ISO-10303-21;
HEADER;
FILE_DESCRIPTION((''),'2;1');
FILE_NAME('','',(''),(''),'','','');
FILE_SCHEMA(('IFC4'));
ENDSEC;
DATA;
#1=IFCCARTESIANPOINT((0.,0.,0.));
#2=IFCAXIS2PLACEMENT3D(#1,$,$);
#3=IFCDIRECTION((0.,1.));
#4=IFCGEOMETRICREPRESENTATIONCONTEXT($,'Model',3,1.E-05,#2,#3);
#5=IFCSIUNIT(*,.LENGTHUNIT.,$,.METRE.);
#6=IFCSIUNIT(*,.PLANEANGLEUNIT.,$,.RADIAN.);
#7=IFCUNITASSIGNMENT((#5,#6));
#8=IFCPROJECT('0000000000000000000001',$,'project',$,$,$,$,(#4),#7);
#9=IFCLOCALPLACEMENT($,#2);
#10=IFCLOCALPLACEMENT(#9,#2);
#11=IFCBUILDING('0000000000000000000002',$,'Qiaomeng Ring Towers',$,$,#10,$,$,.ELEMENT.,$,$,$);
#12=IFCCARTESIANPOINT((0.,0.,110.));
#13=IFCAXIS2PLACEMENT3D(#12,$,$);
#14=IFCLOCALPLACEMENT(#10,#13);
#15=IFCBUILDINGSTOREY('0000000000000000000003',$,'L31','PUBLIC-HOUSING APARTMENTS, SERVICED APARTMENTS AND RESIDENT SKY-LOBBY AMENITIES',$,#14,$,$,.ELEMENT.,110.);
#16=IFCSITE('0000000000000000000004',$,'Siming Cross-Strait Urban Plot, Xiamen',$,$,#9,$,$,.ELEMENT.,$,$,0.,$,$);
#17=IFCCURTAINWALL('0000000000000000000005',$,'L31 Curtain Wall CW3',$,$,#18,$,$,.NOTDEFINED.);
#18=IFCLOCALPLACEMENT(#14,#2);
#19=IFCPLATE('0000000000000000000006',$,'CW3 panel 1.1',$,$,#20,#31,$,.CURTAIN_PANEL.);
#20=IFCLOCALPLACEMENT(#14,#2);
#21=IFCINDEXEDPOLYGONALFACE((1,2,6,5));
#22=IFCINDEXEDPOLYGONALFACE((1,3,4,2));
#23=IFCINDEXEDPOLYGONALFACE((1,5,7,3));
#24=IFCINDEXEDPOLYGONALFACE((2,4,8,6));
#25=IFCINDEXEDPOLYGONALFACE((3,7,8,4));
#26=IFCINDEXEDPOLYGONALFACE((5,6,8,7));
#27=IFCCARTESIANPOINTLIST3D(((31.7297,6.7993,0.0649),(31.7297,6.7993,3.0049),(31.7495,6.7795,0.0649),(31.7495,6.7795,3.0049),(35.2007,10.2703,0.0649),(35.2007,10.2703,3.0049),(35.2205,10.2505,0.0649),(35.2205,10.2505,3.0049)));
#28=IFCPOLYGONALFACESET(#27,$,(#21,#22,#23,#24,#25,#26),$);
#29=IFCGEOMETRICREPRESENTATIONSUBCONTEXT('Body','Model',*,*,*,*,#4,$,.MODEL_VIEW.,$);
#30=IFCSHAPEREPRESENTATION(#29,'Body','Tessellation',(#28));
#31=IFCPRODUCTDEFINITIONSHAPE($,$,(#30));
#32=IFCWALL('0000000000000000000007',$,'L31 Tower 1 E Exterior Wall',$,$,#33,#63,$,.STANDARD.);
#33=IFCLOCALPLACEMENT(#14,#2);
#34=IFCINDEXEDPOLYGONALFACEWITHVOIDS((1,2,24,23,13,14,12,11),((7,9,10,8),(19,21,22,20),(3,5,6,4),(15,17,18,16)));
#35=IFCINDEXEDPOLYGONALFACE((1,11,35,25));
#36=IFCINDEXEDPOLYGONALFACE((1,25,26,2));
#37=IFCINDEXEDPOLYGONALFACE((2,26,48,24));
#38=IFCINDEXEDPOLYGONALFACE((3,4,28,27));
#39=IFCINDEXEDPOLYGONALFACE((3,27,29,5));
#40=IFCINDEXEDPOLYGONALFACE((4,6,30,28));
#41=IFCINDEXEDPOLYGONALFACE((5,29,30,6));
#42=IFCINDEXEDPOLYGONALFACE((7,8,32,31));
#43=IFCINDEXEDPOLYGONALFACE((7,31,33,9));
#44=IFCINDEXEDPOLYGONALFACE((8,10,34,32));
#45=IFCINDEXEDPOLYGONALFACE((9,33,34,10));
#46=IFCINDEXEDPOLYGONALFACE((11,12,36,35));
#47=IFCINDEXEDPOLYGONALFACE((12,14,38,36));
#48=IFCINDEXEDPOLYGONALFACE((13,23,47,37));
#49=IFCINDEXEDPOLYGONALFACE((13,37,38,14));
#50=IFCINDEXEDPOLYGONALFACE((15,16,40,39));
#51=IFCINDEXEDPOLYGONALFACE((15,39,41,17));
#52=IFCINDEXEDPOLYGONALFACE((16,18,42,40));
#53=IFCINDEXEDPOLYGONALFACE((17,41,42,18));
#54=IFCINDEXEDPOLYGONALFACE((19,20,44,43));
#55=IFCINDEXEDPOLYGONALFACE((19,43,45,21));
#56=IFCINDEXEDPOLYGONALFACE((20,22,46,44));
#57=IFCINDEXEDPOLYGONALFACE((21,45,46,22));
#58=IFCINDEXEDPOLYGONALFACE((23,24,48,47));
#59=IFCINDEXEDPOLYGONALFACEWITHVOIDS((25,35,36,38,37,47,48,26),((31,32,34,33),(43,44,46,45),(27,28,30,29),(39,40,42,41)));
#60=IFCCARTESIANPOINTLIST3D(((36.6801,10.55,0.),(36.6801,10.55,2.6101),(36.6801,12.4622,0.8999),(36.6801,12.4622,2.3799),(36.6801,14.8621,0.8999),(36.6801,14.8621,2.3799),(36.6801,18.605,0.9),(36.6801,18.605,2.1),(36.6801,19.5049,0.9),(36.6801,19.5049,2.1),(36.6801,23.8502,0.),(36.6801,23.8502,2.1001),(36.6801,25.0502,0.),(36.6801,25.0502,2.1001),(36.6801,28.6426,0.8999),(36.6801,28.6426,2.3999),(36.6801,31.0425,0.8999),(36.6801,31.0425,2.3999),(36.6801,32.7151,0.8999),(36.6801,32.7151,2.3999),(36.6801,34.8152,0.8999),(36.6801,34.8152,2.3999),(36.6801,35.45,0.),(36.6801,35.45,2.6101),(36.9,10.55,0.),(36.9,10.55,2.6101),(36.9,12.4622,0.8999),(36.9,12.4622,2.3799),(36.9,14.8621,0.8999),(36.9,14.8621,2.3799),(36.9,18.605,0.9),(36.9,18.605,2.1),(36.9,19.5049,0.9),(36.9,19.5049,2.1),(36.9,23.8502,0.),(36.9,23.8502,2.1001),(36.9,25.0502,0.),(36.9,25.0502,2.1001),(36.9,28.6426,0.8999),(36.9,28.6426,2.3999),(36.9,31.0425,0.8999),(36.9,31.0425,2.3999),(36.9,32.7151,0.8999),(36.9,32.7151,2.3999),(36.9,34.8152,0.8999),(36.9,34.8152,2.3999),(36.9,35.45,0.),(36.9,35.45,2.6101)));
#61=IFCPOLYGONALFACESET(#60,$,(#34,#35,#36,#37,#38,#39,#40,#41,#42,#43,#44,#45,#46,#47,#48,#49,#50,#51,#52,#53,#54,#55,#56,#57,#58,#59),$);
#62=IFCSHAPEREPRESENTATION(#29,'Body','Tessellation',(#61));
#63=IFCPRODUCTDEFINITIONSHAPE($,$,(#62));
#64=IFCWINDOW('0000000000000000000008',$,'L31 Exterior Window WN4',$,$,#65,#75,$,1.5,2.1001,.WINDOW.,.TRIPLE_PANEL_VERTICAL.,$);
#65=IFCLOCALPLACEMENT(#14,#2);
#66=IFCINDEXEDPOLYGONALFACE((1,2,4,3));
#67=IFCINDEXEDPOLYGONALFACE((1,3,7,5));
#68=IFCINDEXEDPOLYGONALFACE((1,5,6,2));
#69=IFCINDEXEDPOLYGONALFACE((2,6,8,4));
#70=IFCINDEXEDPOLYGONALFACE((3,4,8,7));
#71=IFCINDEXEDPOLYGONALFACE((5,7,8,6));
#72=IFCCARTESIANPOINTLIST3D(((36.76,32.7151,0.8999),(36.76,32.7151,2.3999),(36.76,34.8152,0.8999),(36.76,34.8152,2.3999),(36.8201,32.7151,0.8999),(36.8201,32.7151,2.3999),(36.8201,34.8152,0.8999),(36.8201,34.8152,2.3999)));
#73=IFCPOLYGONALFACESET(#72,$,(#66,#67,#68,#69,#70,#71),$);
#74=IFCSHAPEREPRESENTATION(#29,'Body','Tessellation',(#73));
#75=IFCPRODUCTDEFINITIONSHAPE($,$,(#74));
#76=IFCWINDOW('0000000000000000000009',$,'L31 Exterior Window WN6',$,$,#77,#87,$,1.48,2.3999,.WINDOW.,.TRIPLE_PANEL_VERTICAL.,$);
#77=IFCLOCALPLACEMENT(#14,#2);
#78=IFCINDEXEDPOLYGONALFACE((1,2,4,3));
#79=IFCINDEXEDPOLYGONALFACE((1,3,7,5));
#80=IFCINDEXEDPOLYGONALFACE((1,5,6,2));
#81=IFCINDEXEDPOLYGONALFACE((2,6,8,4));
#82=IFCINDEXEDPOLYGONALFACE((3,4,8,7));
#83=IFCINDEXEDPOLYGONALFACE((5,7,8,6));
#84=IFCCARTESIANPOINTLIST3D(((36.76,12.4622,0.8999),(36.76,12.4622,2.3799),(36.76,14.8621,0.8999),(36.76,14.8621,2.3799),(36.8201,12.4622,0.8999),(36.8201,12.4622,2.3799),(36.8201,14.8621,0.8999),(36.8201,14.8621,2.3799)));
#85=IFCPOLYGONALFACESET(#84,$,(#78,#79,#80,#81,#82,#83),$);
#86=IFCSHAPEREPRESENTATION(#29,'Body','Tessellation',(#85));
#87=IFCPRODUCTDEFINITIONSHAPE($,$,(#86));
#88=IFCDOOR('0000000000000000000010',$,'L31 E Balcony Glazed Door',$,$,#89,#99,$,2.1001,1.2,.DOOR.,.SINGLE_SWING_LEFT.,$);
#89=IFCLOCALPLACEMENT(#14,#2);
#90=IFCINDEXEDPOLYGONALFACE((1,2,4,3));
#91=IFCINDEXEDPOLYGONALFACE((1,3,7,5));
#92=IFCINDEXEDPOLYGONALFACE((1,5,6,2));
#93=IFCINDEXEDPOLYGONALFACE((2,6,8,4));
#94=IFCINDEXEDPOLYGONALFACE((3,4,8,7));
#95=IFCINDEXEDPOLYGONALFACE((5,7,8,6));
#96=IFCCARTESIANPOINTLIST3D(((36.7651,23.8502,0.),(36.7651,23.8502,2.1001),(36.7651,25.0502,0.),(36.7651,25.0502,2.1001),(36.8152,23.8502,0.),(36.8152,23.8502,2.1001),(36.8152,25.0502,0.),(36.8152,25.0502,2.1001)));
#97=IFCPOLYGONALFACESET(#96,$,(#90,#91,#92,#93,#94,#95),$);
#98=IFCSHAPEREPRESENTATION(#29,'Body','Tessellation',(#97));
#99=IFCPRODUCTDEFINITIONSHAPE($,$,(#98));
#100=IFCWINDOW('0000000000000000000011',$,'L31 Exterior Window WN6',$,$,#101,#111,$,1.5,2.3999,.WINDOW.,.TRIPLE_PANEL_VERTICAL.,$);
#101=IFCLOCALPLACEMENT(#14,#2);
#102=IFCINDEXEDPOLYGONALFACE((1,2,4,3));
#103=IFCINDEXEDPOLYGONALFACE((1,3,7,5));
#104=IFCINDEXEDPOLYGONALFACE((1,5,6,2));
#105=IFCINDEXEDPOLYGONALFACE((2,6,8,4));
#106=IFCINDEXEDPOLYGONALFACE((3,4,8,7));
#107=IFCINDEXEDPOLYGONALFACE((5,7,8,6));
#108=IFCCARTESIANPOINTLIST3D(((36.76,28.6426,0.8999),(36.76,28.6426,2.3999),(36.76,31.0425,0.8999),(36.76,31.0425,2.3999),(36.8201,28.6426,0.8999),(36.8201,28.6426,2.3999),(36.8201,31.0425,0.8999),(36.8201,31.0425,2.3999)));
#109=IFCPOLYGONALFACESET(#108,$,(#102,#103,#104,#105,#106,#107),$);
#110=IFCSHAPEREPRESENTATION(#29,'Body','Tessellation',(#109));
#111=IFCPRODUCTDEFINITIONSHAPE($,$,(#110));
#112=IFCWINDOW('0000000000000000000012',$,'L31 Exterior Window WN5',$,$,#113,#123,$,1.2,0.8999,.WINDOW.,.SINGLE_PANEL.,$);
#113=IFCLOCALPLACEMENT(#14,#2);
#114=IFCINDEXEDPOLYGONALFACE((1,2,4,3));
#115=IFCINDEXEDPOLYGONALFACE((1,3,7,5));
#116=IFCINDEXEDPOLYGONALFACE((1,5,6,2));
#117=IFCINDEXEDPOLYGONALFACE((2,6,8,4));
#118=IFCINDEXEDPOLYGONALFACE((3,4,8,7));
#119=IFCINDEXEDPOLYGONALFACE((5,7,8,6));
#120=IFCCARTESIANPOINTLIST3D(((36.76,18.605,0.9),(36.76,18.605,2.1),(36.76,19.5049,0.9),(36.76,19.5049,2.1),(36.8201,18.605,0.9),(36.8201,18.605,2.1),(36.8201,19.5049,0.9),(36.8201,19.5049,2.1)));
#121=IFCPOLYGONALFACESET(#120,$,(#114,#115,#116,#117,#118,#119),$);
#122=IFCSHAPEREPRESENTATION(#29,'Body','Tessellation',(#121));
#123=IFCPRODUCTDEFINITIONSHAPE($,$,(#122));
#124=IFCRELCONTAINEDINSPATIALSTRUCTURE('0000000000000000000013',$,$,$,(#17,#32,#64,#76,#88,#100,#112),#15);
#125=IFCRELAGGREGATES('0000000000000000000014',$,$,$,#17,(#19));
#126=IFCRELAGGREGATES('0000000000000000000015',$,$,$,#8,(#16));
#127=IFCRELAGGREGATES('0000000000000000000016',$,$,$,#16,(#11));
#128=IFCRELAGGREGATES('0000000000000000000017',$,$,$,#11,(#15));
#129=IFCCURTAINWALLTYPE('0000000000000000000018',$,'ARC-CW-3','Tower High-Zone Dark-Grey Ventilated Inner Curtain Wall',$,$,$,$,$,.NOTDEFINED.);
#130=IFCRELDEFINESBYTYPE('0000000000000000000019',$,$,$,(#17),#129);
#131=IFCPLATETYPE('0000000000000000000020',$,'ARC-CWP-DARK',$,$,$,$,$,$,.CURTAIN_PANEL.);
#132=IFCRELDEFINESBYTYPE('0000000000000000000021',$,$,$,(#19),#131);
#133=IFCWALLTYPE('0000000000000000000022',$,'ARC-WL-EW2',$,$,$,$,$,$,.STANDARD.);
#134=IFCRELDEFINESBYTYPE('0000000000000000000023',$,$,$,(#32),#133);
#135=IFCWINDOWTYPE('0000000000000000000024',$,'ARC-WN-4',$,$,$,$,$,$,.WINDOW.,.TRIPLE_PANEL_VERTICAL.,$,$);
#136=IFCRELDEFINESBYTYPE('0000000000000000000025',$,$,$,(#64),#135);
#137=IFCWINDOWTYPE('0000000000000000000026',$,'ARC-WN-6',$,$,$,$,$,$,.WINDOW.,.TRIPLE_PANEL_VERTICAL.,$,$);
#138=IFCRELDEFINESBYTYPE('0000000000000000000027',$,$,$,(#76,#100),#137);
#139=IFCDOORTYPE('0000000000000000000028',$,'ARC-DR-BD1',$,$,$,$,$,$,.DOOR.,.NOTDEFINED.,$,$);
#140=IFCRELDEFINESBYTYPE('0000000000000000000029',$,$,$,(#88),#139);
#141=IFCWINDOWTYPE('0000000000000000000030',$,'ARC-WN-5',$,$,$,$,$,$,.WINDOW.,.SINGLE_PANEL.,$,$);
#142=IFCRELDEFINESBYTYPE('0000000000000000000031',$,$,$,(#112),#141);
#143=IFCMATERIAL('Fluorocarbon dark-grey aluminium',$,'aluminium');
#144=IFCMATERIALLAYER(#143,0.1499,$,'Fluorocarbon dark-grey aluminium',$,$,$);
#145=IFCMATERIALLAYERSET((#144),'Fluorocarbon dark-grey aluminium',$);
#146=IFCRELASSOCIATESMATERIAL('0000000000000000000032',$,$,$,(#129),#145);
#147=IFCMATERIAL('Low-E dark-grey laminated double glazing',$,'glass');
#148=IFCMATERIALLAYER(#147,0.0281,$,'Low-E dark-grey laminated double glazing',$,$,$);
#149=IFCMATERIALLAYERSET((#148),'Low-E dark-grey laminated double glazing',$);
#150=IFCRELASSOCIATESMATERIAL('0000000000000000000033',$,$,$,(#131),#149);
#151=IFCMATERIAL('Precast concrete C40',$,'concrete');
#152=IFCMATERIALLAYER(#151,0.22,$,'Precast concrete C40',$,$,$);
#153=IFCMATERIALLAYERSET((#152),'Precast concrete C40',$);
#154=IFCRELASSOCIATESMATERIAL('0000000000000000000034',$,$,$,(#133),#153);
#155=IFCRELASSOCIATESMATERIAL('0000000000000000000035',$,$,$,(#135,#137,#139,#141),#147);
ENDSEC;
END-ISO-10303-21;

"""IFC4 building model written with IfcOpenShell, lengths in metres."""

from ifc_helpers import new_model, si_unit, direction, frame, frame_2d, origin, origin_2d, place, context, subcontext, project, spatial, rectangle, extrude, source, transform, mapped, material, layer, layer_set, type_object, element, fill, aggregate, save


model = new_model("IFC4")

# Units and contexts
model_context = context("Model", 3, precision=1e-05, world=origin(), true_north=direction((0.0, 1.0)))
body_context = subcontext(model_context, "Body", "Model", "MODEL_VIEW")
ifc_project = project(units=[si_unit("LENGTHUNIT", "METRE"), si_unit("PLANEANGLEUNIT", "RADIAN")], contexts=[model_context])

# Site, building, storey
site_placement = place(None, origin())
site = spatial("IfcSite", under=ifc_project, at=site_placement, Name="Siming Cross-Strait Urban Plot, Xiamen", CompositionType="ELEMENT", RefElevation=0.0)
building_placement = place(site_placement, origin())
building = spatial("IfcBuilding", under=site, at=building_placement, Name="Qiaomeng Ring Towers", CompositionType="ELEMENT")
storey_placement = place(building_placement, frame((0.0, 0.0, 110.0)))
storey = spatial("IfcBuildingStorey", under=building, at=storey_placement, Name="L31", Description="PUBLIC-HOUSING APARTMENTS, SERVICED APARTMENTS AND RESIDENT SKY-LOBBY AMENITIES", CompositionType="ELEMENT", Elevation=110.0)

# Curtain wall, plate
ifc_material_1 = material(Name="Fluorocarbon dark-grey aluminium", Category="aluminium")
ifc_layer_1 = layer(ifc_material_1, 0.1499, Name="Fluorocarbon dark-grey aluminium")
ifc_layer_set_1 = layer_set([ifc_layer_1], Name="Fluorocarbon dark-grey aluminium")
curtain_wall_type = type_object("IfcCurtainWallType", Name="ARC-CW-3", Description="Tower High-Zone Dark-Grey Ventilated Inner Curtain Wall", PredefinedType="NOTDEFINED", material=ifc_layer_set_1)
curtain_wall_placement = place(storey_placement, origin())
curtain_wall = element("IfcCurtainWall", 1, at=curtain_wall_placement, inside=storey, type_object=curtain_wall_type, Name="L31 Curtain Wall CW3", PredefinedType="NOTDEFINED")
ifc_material_2 = material(Name="Low-E dark-grey laminated double glazing", Category="glass")
ifc_layer_2 = layer(ifc_material_2, 0.0281, Name="Low-E dark-grey laminated double glazing")
ifc_layer_set_2 = layer_set([ifc_layer_2], Name="Low-E dark-grey laminated double glazing")
plate_type = type_object("IfcPlateType", Name="ARC-CWP-DARK", PredefinedType="CURTAIN_PANEL", material=ifc_layer_set_2)
shared_shape_1 = source(origin(), body_context, "Body", "SweptSolid", [
    extrude(rectangle(XDim=4.9087, YDim=0.0281, at=origin_2d()), origin(), (0.0, 0.0, 1.0), 2.9399),
])
plate_placement = place(storey_placement, frame((33.4751, 8.5249, 0.0649), z_axis=(0.0, 0.0, 1.0), x_axis=(0.707107, 0.707107, 0.0)))
plate = element("IfcPlate", 2, at=plate_placement, type_object=plate_type, Name="CW3 panel 1.1", PredefinedType="CURTAIN_PANEL", context=body_context, shape_type="MappedRepresentation", body=[
    mapped(shared_shape_1, transform((0.0, 0.0, 0.0), x_axis=(1.0, 0.0, 0.0), y_axis=(0.0, 1.0, 0.0), z_axis=(0.0, 0.0, 1.0), scale=1.0)),
])
aggregate(curtain_wall, [plate])

# Wall, openings, windows, door
ifc_material_3 = material(Name="Precast concrete C40", Category="concrete")
ifc_layer_3 = layer(ifc_material_3, 0.22, Name="Precast concrete C40")
ifc_layer_set_3 = layer_set([ifc_layer_3], Name="Precast concrete C40")
wall_type_1 = type_object("IfcWallType", Name="ARC-WL-EW2", PredefinedType="STANDARD", material=ifc_layer_set_3)
wall_1_placement = place(storey_placement, frame((36.79, 10.55, 0.0), z_axis=(0.0, 0.0, 1.0), x_axis=(0.0, 1.0, 0.0)))
wall_1 = element("IfcWall", 3, at=wall_1_placement, inside=storey, type_object=wall_type_1, Name="L31 Tower 1 E Exterior Wall", PredefinedType="STANDARD", context=body_context, shape_type="SweptSolid", body=[
    extrude(rectangle(XDim=24.8999, YDim=0.22, at=frame_2d((12.45, 0.0))), origin(), (0.0, 0.0, 1.0), 2.6101),
])
opening_1_placement = place(wall_1_placement, frame((13.3, 0.0, 0.0)))
opening_1 = element("IfcOpeningElement", 4, at=opening_1_placement, cuts=wall_1, PredefinedType="OPENING", context=body_context, shape_type="SweptSolid", body=[
    extrude(rectangle(XDim=1.2, YDim=2.1001, at=frame_2d((0.6001, 1.05))), frame((0.0, 0.1199, 0.0), z_axis=(0.0, -1.0, 0.0), x_axis=(1.0, 0.0, 0.0)), (0.0, 0.0, 1.0), 0.24),
])
opening_2_placement = place(wall_1_placement, frame((1.9121, 0.0, 0.8999)))
opening_2 = element("IfcOpeningElement", 5, at=opening_2_placement, cuts=wall_1, PredefinedType="OPENING", context=body_context, shape_type="SweptSolid", body=[
    extrude(rectangle(XDim=2.3999, YDim=1.48, at=frame_2d((1.2, 0.74))), frame((0.0, 0.1199, 0.0), z_axis=(0.0, -1.0, 0.0), x_axis=(1.0, 0.0, 0.0)), (0.0, 0.0, 1.0), 0.24),
])
opening_3_placement = place(wall_1_placement, frame((22.165, 0.0, 0.8999)))
opening_3 = element("IfcOpeningElement", 6, at=opening_3_placement, cuts=wall_1, PredefinedType="OPENING", context=body_context, shape_type="SweptSolid", body=[
    extrude(rectangle(XDim=2.1001, YDim=1.5, at=frame_2d((1.05, 0.75))), frame((0.0, 0.1199, 0.0), z_axis=(0.0, -1.0, 0.0), x_axis=(1.0, 0.0, 0.0)), (0.0, 0.0, 1.0), 0.24),
])
opening_4_placement = place(wall_1_placement, frame((18.0925, 0.0, 0.8999)))
opening_4 = element("IfcOpeningElement", 7, at=opening_4_placement, cuts=wall_1, PredefinedType="OPENING", context=body_context, shape_type="SweptSolid", body=[
    extrude(rectangle(XDim=2.3999, YDim=1.5, at=frame_2d((1.2, 0.75))), frame((0.0, 0.1199, 0.0), z_axis=(0.0, -1.0, 0.0), x_axis=(1.0, 0.0, 0.0)), (0.0, 0.0, 1.0), 0.24),
])
opening_5_placement = place(wall_1_placement, frame((8.0549, 0.0, 0.8999)))
opening_5 = element("IfcOpeningElement", 8, at=opening_5_placement, cuts=wall_1, PredefinedType="OPENING", context=body_context, shape_type="SweptSolid", body=[
    extrude(rectangle(XDim=0.8999, YDim=1.2, at=frame_2d((0.45, 0.6001))), frame((0.0, 0.1199, 0.0), z_axis=(0.0, -1.0, 0.0), x_axis=(1.0, 0.0, 0.0)), (0.0, 0.0, 1.0), 0.24),
])
window_type_1 = type_object("IfcWindowType", Name="ARC-WN-4", PartitioningType="TRIPLE_PANEL_VERTICAL", PredefinedType="WINDOW", material=ifc_material_2)
shared_shape_2 = source(origin(), body_context, "Body", "SweptSolid", [
    extrude(rectangle(XDim=2.1001, YDim=1.5, at=frame_2d((1.05, 0.75))), frame((0.0, 0.03, 0.0), z_axis=(0.0, -1.0, 0.0), x_axis=(1.0, 0.0, 0.0)), (0.0, 0.0, 1.0), 0.0601),
])
window_1_placement = place(opening_3_placement, origin())
window_1 = element("IfcWindow", 9, at=window_1_placement, inside=storey, type_object=window_type_1, Name="L31 Exterior Window WN4", OverallHeight=1.5, OverallWidth=2.1001, PartitioningType="TRIPLE_PANEL_VERTICAL", PredefinedType="WINDOW", context=body_context, shape_type="MappedRepresentation", body=[
    mapped(shared_shape_2, transform((0.0, 0.0, 0.0), x_axis=(1.0, 0.0, 0.0), y_axis=(0.0, 1.0, 0.0), z_axis=(0.0, 0.0, 1.0), scale=1.0)),
])
fill(opening_3, window_1)
window_type_2 = type_object("IfcWindowType", Name="ARC-WN-6", PartitioningType="TRIPLE_PANEL_VERTICAL", PredefinedType="WINDOW", material=ifc_material_2)
shared_shape_3 = source(origin(), body_context, "Body", "SweptSolid", [
    extrude(rectangle(XDim=2.3999, YDim=1.48, at=frame_2d((1.2, 0.74))), frame((0.0, 0.03, 0.0), z_axis=(0.0, -1.0, 0.0), x_axis=(1.0, 0.0, 0.0)), (0.0, 0.0, 1.0), 0.0601),
])
window_2_placement = place(opening_2_placement, origin())
window_2 = element("IfcWindow", 10, at=window_2_placement, inside=storey, type_object=window_type_2, Name="L31 Exterior Window WN6", OverallHeight=1.48, OverallWidth=2.3999, PartitioningType="TRIPLE_PANEL_VERTICAL", PredefinedType="WINDOW", context=body_context, shape_type="MappedRepresentation", body=[
    mapped(shared_shape_3, transform((0.0, 0.0, 0.0), x_axis=(1.0, 0.0, 0.0), y_axis=(0.0, 1.0, 0.0), z_axis=(0.0, 0.0, 1.0), scale=1.0)),
])
fill(opening_2, window_2)
door_type_1 = type_object("IfcDoorType", Name="ARC-DR-BD1", OperationType="NOTDEFINED", PredefinedType="DOOR", material=ifc_material_2)
shared_shape_4 = source(origin(), body_context, "Body", "SweptSolid", [
    extrude(rectangle(XDim=1.2, YDim=2.1001, at=frame_2d((0.6001, 1.05))), frame((0.0, 0.0249, 0.0), z_axis=(0.0, -1.0, 0.0), x_axis=(1.0, 0.0, 0.0)), (0.0, 0.0, 1.0), 0.05),
])
door_1_placement = place(opening_1_placement, origin())
door_1 = element("IfcDoor", 11, at=door_1_placement, inside=storey, type_object=door_type_1, Name="L31 E Balcony Glazed Door", OperationType="SINGLE_SWING_LEFT", OverallHeight=2.1001, OverallWidth=1.2, PredefinedType="DOOR", context=body_context, shape_type="MappedRepresentation", body=[
    mapped(shared_shape_4, transform((0.0, 0.0, 0.0), x_axis=(1.0, 0.0, 0.0), y_axis=(0.0, 1.0, 0.0), z_axis=(0.0, 0.0, 1.0), scale=1.0)),
])
fill(opening_1, door_1)
shared_shape_5 = source(origin(), body_context, "Body", "SweptSolid", [
    extrude(rectangle(XDim=2.3999, YDim=1.5, at=frame_2d((1.2, 0.75))), frame((0.0, 0.03, 0.0), z_axis=(0.0, -1.0, 0.0), x_axis=(1.0, 0.0, 0.0)), (0.0, 0.0, 1.0), 0.0601),
])
window_3_placement = place(opening_4_placement, origin())
window_3 = element("IfcWindow", 12, at=window_3_placement, inside=storey, type_object=window_type_2, Name="L31 Exterior Window WN6", OverallHeight=1.5, OverallWidth=2.3999, PartitioningType="TRIPLE_PANEL_VERTICAL", PredefinedType="WINDOW", context=body_context, shape_type="MappedRepresentation", body=[
    mapped(shared_shape_5, transform((0.0, 0.0, 0.0), x_axis=(1.0, 0.0, 0.0), y_axis=(0.0, 1.0, 0.0), z_axis=(0.0, 0.0, 1.0), scale=1.0)),
])
fill(opening_4, window_3)
window_type_3 = type_object("IfcWindowType", Name="ARC-WN-5", PartitioningType="SINGLE_PANEL", PredefinedType="WINDOW", material=ifc_material_2)
shared_shape_6 = source(origin(), body_context, "Body", "SweptSolid", [
    extrude(rectangle(XDim=0.8999, YDim=1.2, at=frame_2d((0.45, 0.6001))), frame((0.0, 0.03, 0.0), z_axis=(0.0, -1.0, 0.0), x_axis=(1.0, 0.0, 0.0)), (0.0, 0.0, 1.0), 0.0601),
])
window_4_placement = place(opening_5_placement, origin())
window_4 = element("IfcWindow", 13, at=window_4_placement, inside=storey, type_object=window_type_3, Name="L31 Exterior Window WN5", OverallHeight=1.2, OverallWidth=0.8999, PartitioningType="SINGLE_PANEL", PredefinedType="WINDOW", context=body_context, shape_type="MappedRepresentation", body=[
    mapped(shared_shape_6, transform((0.0, 0.0, 0.0), x_axis=(1.0, 0.0, 0.0), y_axis=(0.0, 1.0, 0.0), z_axis=(0.0, 0.0, 1.0), scale=1.0)),
])
fill(opening_5, window_4)

save(model, "model.ifc")
